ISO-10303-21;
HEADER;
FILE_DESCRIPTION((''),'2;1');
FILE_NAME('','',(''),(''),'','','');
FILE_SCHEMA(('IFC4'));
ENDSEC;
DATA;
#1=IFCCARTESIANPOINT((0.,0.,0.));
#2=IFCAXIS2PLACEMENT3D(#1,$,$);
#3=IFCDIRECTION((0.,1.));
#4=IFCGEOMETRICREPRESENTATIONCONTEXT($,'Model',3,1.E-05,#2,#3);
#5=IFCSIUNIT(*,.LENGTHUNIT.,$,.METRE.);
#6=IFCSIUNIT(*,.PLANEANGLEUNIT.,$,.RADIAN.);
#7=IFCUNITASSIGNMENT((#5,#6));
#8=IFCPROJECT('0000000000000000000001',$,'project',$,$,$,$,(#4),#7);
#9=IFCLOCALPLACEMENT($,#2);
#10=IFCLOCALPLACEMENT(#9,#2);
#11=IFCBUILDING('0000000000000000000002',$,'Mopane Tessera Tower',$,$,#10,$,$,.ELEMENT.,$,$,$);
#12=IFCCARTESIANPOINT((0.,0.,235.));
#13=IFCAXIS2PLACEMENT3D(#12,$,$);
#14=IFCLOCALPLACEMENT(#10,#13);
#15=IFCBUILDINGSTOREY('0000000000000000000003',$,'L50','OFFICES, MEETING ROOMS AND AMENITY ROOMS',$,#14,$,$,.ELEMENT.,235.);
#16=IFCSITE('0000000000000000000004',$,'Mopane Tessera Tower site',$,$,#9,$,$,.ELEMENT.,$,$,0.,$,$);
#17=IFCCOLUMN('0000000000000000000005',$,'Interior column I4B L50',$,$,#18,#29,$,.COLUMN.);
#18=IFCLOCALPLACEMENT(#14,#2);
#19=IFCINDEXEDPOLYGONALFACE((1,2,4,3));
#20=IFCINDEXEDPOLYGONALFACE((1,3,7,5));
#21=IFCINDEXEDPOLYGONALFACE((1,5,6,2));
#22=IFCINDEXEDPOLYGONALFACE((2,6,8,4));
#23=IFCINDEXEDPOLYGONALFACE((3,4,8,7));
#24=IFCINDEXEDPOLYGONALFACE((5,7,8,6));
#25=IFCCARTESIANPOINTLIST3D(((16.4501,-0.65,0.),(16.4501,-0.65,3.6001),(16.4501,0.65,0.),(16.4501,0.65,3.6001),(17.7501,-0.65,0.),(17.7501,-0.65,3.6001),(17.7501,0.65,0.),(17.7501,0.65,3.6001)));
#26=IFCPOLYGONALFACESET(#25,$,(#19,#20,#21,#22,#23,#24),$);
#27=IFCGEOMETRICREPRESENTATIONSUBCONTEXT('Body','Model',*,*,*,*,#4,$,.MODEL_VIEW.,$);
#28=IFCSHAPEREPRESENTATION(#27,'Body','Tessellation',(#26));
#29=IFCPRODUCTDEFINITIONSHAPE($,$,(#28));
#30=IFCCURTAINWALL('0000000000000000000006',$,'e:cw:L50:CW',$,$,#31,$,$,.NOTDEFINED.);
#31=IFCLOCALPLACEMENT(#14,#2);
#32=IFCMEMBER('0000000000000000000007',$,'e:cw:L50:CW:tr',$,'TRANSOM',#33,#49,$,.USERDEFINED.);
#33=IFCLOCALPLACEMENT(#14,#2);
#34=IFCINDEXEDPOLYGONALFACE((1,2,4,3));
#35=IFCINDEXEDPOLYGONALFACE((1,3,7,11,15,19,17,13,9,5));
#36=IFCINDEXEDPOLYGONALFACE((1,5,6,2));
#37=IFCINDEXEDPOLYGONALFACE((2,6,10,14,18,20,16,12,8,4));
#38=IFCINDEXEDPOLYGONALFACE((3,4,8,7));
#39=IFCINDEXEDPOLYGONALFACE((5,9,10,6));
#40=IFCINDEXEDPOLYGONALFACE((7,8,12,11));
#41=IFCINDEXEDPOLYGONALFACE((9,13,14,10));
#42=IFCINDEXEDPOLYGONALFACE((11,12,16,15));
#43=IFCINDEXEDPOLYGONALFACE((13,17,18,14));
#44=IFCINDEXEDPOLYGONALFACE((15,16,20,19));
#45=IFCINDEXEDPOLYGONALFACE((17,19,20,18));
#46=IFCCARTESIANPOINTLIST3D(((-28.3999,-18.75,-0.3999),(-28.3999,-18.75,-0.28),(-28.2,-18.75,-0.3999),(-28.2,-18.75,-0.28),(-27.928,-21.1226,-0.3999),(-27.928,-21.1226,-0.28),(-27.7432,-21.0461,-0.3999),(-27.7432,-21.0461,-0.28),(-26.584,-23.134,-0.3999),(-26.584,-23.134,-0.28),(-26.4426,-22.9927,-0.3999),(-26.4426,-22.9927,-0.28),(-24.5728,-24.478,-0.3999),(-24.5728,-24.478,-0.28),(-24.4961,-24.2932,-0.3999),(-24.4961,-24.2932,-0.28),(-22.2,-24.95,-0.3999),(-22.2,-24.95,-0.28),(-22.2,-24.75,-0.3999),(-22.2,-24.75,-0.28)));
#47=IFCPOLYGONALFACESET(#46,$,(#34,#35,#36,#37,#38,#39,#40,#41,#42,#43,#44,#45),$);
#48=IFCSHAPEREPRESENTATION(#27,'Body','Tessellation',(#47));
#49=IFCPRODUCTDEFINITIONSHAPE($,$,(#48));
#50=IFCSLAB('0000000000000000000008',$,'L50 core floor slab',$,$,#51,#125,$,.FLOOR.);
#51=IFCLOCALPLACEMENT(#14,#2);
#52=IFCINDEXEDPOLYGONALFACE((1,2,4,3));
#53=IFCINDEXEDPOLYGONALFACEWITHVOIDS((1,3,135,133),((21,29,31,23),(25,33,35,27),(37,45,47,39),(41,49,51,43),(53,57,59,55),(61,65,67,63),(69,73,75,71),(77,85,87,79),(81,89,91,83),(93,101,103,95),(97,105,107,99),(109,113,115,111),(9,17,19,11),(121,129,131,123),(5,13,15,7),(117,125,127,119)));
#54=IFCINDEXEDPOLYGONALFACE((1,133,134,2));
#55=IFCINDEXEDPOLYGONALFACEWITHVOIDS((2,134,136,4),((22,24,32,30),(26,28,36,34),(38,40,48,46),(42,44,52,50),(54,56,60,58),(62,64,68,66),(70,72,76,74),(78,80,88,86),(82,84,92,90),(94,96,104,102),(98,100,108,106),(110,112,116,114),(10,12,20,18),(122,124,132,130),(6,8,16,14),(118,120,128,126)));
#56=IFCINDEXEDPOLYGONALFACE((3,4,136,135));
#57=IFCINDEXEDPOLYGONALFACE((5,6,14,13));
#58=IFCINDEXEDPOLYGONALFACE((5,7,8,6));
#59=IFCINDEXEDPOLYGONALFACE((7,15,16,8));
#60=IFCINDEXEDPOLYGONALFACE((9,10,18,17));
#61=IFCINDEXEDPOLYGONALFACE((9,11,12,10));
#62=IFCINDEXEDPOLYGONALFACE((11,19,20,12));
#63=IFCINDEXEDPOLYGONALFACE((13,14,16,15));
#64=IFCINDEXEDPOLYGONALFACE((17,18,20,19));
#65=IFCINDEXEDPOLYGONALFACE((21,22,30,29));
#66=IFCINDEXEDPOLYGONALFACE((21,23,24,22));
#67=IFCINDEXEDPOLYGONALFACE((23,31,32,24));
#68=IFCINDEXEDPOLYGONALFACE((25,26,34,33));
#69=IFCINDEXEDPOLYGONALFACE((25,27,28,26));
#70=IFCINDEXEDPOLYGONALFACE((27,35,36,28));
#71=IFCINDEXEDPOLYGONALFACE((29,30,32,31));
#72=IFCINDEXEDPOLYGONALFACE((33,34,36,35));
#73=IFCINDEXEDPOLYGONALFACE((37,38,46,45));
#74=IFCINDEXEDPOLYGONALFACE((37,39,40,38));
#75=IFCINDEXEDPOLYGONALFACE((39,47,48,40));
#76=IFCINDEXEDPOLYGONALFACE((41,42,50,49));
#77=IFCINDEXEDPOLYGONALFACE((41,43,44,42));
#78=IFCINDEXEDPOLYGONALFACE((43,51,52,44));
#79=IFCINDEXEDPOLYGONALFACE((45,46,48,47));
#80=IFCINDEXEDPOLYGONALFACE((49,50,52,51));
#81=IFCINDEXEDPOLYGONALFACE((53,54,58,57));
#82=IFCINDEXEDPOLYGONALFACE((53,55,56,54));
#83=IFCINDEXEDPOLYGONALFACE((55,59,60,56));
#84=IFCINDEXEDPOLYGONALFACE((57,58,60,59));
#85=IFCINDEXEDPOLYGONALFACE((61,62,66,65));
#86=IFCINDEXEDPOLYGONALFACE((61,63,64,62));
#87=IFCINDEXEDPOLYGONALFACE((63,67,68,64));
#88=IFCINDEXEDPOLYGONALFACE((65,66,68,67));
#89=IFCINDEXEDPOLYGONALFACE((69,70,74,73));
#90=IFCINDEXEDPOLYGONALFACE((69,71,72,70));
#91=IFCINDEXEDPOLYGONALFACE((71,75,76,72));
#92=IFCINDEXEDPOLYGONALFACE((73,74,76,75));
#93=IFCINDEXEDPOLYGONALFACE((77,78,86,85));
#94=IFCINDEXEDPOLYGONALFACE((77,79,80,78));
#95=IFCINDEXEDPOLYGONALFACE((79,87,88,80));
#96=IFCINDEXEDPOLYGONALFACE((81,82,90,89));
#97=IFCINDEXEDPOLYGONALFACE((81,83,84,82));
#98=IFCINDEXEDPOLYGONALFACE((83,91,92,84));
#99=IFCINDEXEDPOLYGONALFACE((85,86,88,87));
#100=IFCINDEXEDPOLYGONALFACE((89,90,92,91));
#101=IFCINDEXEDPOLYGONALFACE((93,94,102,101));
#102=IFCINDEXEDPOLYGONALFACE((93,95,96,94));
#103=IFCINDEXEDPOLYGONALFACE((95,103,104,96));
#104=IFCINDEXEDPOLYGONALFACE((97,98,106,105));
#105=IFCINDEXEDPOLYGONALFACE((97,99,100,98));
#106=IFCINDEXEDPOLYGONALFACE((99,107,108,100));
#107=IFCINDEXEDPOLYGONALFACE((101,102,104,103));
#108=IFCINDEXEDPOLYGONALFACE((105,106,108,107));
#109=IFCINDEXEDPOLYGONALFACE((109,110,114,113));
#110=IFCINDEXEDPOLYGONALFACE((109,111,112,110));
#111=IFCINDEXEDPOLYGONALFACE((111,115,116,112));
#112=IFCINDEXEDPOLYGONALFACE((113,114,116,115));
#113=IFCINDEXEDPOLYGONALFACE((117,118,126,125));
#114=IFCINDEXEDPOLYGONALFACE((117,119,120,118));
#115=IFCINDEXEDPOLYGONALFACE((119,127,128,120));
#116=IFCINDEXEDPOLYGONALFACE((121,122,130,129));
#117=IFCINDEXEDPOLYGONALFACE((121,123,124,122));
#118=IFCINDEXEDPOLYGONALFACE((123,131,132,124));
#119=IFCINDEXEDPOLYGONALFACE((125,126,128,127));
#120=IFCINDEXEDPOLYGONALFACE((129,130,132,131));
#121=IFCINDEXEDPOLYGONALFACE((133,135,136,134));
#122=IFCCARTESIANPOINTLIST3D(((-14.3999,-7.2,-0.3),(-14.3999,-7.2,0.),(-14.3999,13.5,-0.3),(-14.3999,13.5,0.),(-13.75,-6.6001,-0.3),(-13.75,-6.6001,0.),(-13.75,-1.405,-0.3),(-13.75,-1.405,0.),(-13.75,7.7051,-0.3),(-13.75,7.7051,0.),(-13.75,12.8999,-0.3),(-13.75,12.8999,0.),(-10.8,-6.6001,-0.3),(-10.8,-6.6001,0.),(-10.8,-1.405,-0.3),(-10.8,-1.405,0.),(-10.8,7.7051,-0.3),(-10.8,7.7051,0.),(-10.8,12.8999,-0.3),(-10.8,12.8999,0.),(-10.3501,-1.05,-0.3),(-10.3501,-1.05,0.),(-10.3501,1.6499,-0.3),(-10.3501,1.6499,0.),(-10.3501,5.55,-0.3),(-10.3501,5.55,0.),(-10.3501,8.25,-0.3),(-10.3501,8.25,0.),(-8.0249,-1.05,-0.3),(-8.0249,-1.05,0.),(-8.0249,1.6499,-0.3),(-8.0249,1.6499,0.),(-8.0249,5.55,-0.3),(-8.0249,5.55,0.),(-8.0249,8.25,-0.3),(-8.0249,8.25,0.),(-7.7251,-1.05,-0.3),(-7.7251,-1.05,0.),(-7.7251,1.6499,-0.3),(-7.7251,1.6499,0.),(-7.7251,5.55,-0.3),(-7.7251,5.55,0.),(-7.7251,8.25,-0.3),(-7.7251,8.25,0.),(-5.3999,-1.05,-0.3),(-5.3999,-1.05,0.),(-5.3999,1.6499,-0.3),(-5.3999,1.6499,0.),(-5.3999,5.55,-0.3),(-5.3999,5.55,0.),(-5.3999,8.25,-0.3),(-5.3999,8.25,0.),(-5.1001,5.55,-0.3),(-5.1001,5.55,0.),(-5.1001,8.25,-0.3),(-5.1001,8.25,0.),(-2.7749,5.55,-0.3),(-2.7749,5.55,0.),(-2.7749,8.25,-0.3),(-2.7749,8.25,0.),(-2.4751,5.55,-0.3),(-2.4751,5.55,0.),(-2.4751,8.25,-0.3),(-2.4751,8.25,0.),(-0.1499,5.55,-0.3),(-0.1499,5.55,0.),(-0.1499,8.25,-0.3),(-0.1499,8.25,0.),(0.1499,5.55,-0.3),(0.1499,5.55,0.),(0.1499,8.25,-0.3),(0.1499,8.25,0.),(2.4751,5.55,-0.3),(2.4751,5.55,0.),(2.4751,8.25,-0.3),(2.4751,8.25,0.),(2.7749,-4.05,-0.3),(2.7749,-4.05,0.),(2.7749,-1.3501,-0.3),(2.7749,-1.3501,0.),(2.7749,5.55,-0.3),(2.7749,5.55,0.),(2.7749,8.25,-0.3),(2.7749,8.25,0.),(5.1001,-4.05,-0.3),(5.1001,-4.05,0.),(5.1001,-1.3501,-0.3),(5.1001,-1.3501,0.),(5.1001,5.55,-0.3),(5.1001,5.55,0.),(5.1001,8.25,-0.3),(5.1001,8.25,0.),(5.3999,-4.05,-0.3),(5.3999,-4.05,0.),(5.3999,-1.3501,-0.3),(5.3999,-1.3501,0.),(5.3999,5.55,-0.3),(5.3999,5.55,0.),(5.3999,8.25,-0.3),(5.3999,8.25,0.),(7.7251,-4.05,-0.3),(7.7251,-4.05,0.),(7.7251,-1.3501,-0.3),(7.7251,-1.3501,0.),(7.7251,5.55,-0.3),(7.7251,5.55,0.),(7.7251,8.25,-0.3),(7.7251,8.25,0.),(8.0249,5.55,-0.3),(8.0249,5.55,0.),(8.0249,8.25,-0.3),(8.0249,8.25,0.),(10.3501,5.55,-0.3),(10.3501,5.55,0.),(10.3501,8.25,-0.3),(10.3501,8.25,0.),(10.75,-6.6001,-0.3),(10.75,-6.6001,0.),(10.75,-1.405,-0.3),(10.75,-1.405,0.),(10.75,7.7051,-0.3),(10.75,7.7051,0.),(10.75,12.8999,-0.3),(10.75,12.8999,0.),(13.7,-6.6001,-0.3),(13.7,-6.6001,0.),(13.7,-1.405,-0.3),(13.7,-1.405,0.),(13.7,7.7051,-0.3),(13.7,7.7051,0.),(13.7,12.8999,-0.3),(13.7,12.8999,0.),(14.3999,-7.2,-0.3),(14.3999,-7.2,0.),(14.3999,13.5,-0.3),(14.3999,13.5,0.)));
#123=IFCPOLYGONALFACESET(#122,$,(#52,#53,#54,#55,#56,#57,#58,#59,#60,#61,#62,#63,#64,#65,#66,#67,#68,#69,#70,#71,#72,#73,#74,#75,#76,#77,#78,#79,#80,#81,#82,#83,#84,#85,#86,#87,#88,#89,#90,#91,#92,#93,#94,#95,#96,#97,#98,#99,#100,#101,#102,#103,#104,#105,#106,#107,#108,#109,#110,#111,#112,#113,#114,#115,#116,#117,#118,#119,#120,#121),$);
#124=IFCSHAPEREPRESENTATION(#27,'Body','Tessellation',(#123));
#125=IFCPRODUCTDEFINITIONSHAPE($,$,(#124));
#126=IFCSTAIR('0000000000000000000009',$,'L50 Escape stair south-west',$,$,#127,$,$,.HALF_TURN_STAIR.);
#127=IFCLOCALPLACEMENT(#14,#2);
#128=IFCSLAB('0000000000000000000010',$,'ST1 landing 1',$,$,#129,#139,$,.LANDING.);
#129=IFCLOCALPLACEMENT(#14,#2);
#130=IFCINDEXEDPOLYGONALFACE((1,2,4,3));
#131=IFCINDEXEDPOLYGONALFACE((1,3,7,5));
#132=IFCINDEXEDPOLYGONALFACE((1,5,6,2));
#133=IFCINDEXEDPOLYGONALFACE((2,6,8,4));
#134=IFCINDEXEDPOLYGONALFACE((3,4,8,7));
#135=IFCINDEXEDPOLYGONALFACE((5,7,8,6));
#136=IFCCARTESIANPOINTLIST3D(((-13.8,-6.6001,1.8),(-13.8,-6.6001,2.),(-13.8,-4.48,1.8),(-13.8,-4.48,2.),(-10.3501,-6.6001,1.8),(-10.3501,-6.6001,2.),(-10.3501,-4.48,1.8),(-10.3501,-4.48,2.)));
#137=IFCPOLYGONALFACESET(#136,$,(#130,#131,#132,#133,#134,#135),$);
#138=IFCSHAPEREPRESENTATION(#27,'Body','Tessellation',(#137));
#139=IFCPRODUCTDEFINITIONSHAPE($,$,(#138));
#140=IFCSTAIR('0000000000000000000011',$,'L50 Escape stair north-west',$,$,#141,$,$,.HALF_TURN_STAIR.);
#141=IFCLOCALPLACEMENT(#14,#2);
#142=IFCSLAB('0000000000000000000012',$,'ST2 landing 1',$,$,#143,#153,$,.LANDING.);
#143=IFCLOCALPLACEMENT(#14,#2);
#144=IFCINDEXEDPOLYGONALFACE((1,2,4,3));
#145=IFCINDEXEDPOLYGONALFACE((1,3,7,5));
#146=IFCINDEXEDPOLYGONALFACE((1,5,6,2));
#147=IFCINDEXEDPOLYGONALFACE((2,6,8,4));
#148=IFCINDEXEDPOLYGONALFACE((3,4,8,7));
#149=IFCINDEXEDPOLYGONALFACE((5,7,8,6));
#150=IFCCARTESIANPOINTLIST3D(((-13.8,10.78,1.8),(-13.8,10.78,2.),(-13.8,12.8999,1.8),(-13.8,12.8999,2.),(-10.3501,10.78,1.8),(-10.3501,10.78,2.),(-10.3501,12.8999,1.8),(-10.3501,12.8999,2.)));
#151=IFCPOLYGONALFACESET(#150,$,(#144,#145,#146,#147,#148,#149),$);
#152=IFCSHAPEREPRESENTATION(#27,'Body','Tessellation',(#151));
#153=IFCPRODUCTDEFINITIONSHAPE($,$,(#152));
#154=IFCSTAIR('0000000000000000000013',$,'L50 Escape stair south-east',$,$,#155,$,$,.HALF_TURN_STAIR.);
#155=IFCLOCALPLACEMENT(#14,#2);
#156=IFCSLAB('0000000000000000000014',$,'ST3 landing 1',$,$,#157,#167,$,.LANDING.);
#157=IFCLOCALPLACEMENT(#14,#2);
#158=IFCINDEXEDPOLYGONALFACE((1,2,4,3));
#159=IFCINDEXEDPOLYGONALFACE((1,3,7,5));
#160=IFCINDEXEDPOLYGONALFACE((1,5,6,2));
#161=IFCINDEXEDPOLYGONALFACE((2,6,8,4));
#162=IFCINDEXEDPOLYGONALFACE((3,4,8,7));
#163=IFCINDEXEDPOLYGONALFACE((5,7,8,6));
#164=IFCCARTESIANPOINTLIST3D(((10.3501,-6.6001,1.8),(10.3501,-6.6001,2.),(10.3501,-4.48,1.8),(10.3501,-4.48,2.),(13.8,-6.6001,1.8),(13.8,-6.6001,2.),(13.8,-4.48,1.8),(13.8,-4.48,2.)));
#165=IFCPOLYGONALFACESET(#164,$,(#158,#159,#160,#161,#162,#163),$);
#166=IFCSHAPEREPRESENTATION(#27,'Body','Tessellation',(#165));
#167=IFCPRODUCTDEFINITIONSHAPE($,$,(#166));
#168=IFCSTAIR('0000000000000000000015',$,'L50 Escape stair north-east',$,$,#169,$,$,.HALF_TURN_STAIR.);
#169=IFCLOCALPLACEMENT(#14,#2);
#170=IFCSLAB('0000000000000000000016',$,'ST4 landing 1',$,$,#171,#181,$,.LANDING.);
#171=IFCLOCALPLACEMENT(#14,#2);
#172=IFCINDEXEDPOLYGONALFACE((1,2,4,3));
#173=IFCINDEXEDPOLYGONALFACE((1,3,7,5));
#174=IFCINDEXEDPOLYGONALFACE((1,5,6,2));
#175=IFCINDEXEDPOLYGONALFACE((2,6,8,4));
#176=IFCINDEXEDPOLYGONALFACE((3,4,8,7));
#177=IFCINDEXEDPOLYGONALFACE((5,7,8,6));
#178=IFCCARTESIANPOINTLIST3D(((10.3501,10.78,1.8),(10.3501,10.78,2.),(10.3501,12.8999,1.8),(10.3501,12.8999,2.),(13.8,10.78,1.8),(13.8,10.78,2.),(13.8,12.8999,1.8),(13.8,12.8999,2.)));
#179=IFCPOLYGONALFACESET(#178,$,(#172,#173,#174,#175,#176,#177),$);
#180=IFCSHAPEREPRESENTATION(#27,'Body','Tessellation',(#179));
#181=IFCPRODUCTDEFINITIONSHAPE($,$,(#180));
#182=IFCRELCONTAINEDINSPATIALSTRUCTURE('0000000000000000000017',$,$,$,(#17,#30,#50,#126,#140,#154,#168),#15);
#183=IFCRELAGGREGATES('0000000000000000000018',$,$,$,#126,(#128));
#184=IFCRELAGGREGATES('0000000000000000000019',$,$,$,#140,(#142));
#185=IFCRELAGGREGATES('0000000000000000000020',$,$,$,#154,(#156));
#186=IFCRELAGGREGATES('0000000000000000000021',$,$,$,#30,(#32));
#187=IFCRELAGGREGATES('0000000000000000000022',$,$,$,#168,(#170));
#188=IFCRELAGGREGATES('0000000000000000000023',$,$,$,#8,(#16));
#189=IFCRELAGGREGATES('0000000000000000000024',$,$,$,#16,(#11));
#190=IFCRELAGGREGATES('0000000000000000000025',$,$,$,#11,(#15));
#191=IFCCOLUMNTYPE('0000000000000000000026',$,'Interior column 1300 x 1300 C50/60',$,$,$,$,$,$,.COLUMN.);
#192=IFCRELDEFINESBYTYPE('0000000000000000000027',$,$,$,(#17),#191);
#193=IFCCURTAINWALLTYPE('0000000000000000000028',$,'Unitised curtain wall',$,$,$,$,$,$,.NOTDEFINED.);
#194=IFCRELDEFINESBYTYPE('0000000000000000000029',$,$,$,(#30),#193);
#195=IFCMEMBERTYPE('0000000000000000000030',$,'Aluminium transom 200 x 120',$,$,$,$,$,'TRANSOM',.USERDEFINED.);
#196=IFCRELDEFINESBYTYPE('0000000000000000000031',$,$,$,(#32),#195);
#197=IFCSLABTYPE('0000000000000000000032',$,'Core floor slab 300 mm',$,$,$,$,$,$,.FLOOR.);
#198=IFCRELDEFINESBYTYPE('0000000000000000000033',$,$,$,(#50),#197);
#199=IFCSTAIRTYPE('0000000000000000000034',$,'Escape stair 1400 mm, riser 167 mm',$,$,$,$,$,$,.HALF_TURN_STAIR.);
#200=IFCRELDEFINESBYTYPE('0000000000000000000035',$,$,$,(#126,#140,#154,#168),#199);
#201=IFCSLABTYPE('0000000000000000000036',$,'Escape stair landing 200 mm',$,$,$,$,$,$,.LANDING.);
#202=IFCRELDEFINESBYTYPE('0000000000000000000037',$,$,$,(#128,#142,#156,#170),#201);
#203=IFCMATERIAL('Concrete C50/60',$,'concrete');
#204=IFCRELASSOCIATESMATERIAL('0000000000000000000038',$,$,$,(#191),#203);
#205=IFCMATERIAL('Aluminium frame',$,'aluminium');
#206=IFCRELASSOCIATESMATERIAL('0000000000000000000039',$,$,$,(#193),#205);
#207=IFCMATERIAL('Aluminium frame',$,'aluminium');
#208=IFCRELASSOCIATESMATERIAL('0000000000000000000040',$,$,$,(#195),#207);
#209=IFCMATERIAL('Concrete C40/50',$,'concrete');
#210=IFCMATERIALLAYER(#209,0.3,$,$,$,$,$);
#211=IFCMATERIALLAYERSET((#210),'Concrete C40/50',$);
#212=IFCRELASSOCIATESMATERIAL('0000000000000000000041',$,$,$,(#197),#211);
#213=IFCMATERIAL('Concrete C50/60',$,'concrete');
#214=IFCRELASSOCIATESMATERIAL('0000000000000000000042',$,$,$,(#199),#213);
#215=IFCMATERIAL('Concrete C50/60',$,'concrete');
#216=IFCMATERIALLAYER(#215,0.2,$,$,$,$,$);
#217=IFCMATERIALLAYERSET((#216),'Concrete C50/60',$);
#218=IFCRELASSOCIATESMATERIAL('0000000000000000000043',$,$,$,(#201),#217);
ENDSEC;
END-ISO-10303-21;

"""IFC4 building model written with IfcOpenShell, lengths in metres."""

from ifc_helpers import new_model, si_unit, direction, frame, origin, origin_2d, place, context, subcontext, project, spatial, polyline, rectangle, outline, extrude, material, layer, layer_set, material_profile, profile_set, type_object, element, aggregate, save


model = new_model("IFC4")

# Units and contexts
model_context = context("Model", 3, precision=1e-05, world=origin(), true_north=direction((0.0, 1.0)))
body_context = subcontext(model_context, "Body", "Model", "MODEL_VIEW")
ifc_project = project(units=[si_unit("LENGTHUNIT", "METRE"), si_unit("PLANEANGLEUNIT", "RADIAN")], contexts=[model_context])

# Site, building, storey
site_placement = place(None, origin())
site = spatial("IfcSite", under=ifc_project, at=site_placement, Name="Mopane Tessera Tower site", CompositionType="ELEMENT", RefElevation=0.0)
building_placement = place(site_placement, origin())
building = spatial("IfcBuilding", under=site, at=building_placement, Name="Mopane Tessera Tower", CompositionType="ELEMENT")
storey_placement = place(building_placement, frame((0.0, 0.0, 235.0)))
storey = spatial("IfcBuildingStorey", under=building, at=storey_placement, Name="L50", Description="OFFICES, MEETING ROOMS AND AMENITY ROOMS", CompositionType="ELEMENT", Elevation=235.0)

# Column
ifc_material_1 = material(Name="Concrete C50/60", Category="concrete")
ifc_material_profile_1 = material_profile(ifc_material_1, rectangle(XDim=1.3, YDim=1.3, at=origin_2d()))
ifc_profile_set_1 = profile_set([ifc_material_profile_1], Name="Concrete C50/60")
column_type = type_object("IfcColumnType", Name="Interior column 1300 x 1300 C50/60", PredefinedType="COLUMN", material=ifc_profile_set_1)
column_placement = place(storey_placement, frame((17.1001, 0.0, 0.0), z_axis=(0.0, 0.0, 1.0), x_axis=(1.0, 0.0, 0.0)))
element("IfcColumn", 1, at=column_placement, inside=storey, type_object=column_type, Name="Interior column I4B L50", PredefinedType="COLUMN", context=body_context, shape_type="SweptSolid", body=[
    extrude(rectangle(XDim=1.3, YDim=1.3, at=origin_2d()), origin(), (0.0, 0.0, 1.0), 3.6001),
])

# Curtain wall, member
ifc_material_2 = material(Name="Aluminium frame", Category="aluminium")
curtain_wall_type = type_object("IfcCurtainWallType", Name="Unitised curtain wall", PredefinedType="NOTDEFINED", material=ifc_material_2)
curtain_wall_1_placement = place(storey_placement, origin())
curtain_wall_1 = element("IfcCurtainWall", 2, at=curtain_wall_1_placement, inside=storey, type_object=curtain_wall_type, Name="e:cw:L50:CW", PredefinedType="NOTDEFINED")
ifc_material_3 = material(Name="Aluminium frame", Category="aluminium")
ifc_material_profile_2 = material_profile(ifc_material_3, rectangle(XDim=0.2, YDim=0.1201, at=origin_2d()))
ifc_profile_set_2 = profile_set([ifc_material_profile_2], Name="Aluminium frame")
member_type = type_object("IfcMemberType", Name="Aluminium transom 200 x 120", ElementType="TRANSOM", PredefinedType="USERDEFINED", material=ifc_profile_set_2)
member_placement = place(storey_placement, frame((0.0, 0.0, -0.3999)))
member = element("IfcMember", 3, at=member_placement, type_object=member_type, Name="e:cw:L50:CW:tr", ObjectType="TRANSOM", PredefinedType="USERDEFINED", context=body_context, shape_type="SweptSolid", body=[
    extrude(outline(polyline([(-28.2, -18.75), (-27.7432, -21.0461), (-26.4426, -22.9927), (-24.4961, -24.2932), (-22.2, -24.75), (-22.2, -24.95), (-24.5728, -24.478), (-26.584, -23.134), (-27.928, -21.1226), (-28.3999, -18.75), (-28.2, -18.75)])), origin(), (0.0, 0.0, 1.0), 0.1199),
])

# Slab
ifc_material_4 = material(Name="Concrete C40/50", Category="concrete")
ifc_layer_1 = layer(ifc_material_4, 0.3)
ifc_layer_set_1 = layer_set([ifc_layer_1], Name="Concrete C40/50")
slab_type_1 = type_object("IfcSlabType", Name="Core floor slab 300 mm", PredefinedType="FLOOR", material=ifc_layer_set_1)
slab_1_placement = place(storey_placement, frame((0.0, 0.0, -0.3)))
element("IfcSlab", 4, at=slab_1_placement, inside=storey, type_object=slab_type_1, Name="L50 core floor slab", PredefinedType="FLOOR", context=body_context, shape_type="SweptSolid", body=[
    extrude(outline(polyline([(-14.3999, -7.2), (14.3999, -7.2), (14.3999, 13.5), (-14.3999, 13.5), (-14.3999, -7.2)]), holes=[polyline([(-10.3501, -1.05), (-8.0249, -1.05), (-8.0249, 1.6499), (-10.3501, 1.6499), (-10.3501, -1.05)]), polyline([(-7.7251, -1.05), (-5.3999, -1.05), (-5.3999, 1.6499), (-7.7251, 1.6499), (-7.7251, -1.05)]), polyline([(-10.3501, 5.55), (-8.0249, 5.55), (-8.0249, 8.25), (-10.3501, 8.25), (-10.3501, 5.55)]), polyline([(-7.7251, 5.55), (-5.3999, 5.55), (-5.3999, 8.25), (-7.7251, 8.25), (-7.7251, 5.55)]), polyline([(-5.1001, 5.55), (-2.7749, 5.55), (-2.7749, 8.25), (-5.1001, 8.25), (-5.1001, 5.55)]), polyline([(-2.4751, 5.55), (-0.1499, 5.55), (-0.1499, 8.25), (-2.4751, 8.25), (-2.4751, 5.55)]), polyline([(0.1499, 5.55), (2.4751, 5.55), (2.4751, 8.25), (0.1499, 8.25), (0.1499, 5.55)]), polyline([(2.7749, 5.55), (5.1001, 5.55), (5.1001, 8.25), (2.7749, 8.25), (2.7749, 5.55)]), polyline([(5.3999, 5.55), (7.7251, 5.55), (7.7251, 8.25), (5.3999, 8.25), (5.3999, 5.55)]), polyline([(8.0249, 5.55), (10.3501, 5.55), (10.3501, 8.25), (8.0249, 8.25), (8.0249, 5.55)]), polyline([(2.7749, -4.05), (5.1001, -4.05), (5.1001, -1.3501), (2.7749, -1.3501), (2.7749, -4.05)]), polyline([(5.3999, -4.05), (7.7251, -4.05), (7.7251, -1.3501), (5.3999, -1.3501), (5.3999, -4.05)]), polyline([(-13.75, -1.405), (-13.75, -6.6001), (-10.8, -6.6001), (-10.8, -1.405), (-13.75, -1.405)]), polyline([(-10.8, 7.7051), (-10.8, 12.8999), (-13.75, 12.8999), (-13.75, 7.7051), (-10.8, 7.7051)]), polyline([(10.75, -1.405), (10.75, -6.6001), (13.7, -6.6001), (13.7, -1.405), (10.75, -1.405)]), polyline([(13.7, 7.7051), (13.7, 12.8999), (10.75, 12.8999), (10.75, 7.7051), (13.7, 7.7051)])]), origin(), (0.0, 0.0, 1.0), 0.3),
])

# Stairs, slabs
ifc_material_5 = material(Name="Concrete C50/60", Category="concrete")
stair_type = type_object("IfcStairType", Name="Escape stair 1400 mm, riser 167 mm", PredefinedType="HALF_TURN_STAIR", material=ifc_material_5)
stair_1_placement = place(storey_placement, origin())
stair_1 = element("IfcStair", 5, at=stair_1_placement, inside=storey, type_object=stair_type, Name="L50 Escape stair south-west", PredefinedType="HALF_TURN_STAIR")
ifc_material_6 = material(Name="Concrete C50/60", Category="concrete")
ifc_layer_2 = layer(ifc_material_6, 0.2)
ifc_layer_set_2 = layer_set([ifc_layer_2], Name="Concrete C50/60")
slab_type_2 = type_object("IfcSlabType", Name="Escape stair landing 200 mm", PredefinedType="LANDING", material=ifc_layer_set_2)
slab_2_placement = place(storey_placement, frame((0.0, 0.0, 1.8)))
slab_2 = element("IfcSlab", 6, at=slab_2_placement, type_object=slab_type_2, Name="ST1 landing 1", PredefinedType="LANDING", context=body_context, shape_type="SweptSolid", body=[
    extrude(outline(polyline([(-13.8, -4.48), (-13.8, -6.6001), (-10.3501, -6.6001), (-10.3501, -4.48), (-13.8, -4.48)])), origin(), (0.0, 0.0, 1.0), 0.2),
])
aggregate(stair_1, [slab_2])
stair_2_placement = place(storey_placement, origin())
stair_2 = element("IfcStair", 7, at=stair_2_placement, inside=storey, type_object=stair_type, Name="L50 Escape stair north-west", PredefinedType="HALF_TURN_STAIR")
slab_3_placement = place(storey_placement, frame((0.0, 0.0, 1.8)))
slab_3 = element("IfcSlab", 8, at=slab_3_placement, type_object=slab_type_2, Name="ST2 landing 1", PredefinedType="LANDING", context=body_context, shape_type="SweptSolid", body=[
    extrude(outline(polyline([(-10.3501, 10.78), (-10.3501, 12.8999), (-13.8, 12.8999), (-13.8, 10.78), (-10.3501, 10.78)])), origin(), (0.0, 0.0, 1.0), 0.2),
])
aggregate(stair_2, [slab_3])
stair_3_placement = place(storey_placement, origin())
stair_3 = element("IfcStair", 9, at=stair_3_placement, inside=storey, type_object=stair_type, Name="L50 Escape stair south-east", PredefinedType="HALF_TURN_STAIR")
slab_4_placement = place(storey_placement, frame((0.0, 0.0, 1.8)))
slab_4 = element("IfcSlab", 10, at=slab_4_placement, type_object=slab_type_2, Name="ST3 landing 1", PredefinedType="LANDING", context=body_context, shape_type="SweptSolid", body=[
    extrude(outline(polyline([(10.3501, -4.48), (10.3501, -6.6001), (13.8, -6.6001), (13.8, -4.48), (10.3501, -4.48)])), origin(), (0.0, 0.0, 1.0), 0.2),
])
aggregate(stair_3, [slab_4])
stair_4_placement = place(storey_placement, origin())
stair_4 = element("IfcStair", 11, at=stair_4_placement, inside=storey, type_object=stair_type, Name="L50 Escape stair north-east", PredefinedType="HALF_TURN_STAIR")
slab_5_placement = place(storey_placement, frame((0.0, 0.0, 1.8)))
slab_5 = element("IfcSlab", 12, at=slab_5_placement, type_object=slab_type_2, Name="ST4 landing 1", PredefinedType="LANDING", context=body_context, shape_type="SweptSolid", body=[
    extrude(outline(polyline([(13.8, 10.78), (13.8, 12.8999), (10.3501, 12.8999), (10.3501, 10.78), (13.8, 10.78)])), origin(), (0.0, 0.0, 1.0), 0.2),
])

aggregate(curtain_wall_1, [member])

aggregate(stair_4, [slab_5])

save(model, "model.ifc")
